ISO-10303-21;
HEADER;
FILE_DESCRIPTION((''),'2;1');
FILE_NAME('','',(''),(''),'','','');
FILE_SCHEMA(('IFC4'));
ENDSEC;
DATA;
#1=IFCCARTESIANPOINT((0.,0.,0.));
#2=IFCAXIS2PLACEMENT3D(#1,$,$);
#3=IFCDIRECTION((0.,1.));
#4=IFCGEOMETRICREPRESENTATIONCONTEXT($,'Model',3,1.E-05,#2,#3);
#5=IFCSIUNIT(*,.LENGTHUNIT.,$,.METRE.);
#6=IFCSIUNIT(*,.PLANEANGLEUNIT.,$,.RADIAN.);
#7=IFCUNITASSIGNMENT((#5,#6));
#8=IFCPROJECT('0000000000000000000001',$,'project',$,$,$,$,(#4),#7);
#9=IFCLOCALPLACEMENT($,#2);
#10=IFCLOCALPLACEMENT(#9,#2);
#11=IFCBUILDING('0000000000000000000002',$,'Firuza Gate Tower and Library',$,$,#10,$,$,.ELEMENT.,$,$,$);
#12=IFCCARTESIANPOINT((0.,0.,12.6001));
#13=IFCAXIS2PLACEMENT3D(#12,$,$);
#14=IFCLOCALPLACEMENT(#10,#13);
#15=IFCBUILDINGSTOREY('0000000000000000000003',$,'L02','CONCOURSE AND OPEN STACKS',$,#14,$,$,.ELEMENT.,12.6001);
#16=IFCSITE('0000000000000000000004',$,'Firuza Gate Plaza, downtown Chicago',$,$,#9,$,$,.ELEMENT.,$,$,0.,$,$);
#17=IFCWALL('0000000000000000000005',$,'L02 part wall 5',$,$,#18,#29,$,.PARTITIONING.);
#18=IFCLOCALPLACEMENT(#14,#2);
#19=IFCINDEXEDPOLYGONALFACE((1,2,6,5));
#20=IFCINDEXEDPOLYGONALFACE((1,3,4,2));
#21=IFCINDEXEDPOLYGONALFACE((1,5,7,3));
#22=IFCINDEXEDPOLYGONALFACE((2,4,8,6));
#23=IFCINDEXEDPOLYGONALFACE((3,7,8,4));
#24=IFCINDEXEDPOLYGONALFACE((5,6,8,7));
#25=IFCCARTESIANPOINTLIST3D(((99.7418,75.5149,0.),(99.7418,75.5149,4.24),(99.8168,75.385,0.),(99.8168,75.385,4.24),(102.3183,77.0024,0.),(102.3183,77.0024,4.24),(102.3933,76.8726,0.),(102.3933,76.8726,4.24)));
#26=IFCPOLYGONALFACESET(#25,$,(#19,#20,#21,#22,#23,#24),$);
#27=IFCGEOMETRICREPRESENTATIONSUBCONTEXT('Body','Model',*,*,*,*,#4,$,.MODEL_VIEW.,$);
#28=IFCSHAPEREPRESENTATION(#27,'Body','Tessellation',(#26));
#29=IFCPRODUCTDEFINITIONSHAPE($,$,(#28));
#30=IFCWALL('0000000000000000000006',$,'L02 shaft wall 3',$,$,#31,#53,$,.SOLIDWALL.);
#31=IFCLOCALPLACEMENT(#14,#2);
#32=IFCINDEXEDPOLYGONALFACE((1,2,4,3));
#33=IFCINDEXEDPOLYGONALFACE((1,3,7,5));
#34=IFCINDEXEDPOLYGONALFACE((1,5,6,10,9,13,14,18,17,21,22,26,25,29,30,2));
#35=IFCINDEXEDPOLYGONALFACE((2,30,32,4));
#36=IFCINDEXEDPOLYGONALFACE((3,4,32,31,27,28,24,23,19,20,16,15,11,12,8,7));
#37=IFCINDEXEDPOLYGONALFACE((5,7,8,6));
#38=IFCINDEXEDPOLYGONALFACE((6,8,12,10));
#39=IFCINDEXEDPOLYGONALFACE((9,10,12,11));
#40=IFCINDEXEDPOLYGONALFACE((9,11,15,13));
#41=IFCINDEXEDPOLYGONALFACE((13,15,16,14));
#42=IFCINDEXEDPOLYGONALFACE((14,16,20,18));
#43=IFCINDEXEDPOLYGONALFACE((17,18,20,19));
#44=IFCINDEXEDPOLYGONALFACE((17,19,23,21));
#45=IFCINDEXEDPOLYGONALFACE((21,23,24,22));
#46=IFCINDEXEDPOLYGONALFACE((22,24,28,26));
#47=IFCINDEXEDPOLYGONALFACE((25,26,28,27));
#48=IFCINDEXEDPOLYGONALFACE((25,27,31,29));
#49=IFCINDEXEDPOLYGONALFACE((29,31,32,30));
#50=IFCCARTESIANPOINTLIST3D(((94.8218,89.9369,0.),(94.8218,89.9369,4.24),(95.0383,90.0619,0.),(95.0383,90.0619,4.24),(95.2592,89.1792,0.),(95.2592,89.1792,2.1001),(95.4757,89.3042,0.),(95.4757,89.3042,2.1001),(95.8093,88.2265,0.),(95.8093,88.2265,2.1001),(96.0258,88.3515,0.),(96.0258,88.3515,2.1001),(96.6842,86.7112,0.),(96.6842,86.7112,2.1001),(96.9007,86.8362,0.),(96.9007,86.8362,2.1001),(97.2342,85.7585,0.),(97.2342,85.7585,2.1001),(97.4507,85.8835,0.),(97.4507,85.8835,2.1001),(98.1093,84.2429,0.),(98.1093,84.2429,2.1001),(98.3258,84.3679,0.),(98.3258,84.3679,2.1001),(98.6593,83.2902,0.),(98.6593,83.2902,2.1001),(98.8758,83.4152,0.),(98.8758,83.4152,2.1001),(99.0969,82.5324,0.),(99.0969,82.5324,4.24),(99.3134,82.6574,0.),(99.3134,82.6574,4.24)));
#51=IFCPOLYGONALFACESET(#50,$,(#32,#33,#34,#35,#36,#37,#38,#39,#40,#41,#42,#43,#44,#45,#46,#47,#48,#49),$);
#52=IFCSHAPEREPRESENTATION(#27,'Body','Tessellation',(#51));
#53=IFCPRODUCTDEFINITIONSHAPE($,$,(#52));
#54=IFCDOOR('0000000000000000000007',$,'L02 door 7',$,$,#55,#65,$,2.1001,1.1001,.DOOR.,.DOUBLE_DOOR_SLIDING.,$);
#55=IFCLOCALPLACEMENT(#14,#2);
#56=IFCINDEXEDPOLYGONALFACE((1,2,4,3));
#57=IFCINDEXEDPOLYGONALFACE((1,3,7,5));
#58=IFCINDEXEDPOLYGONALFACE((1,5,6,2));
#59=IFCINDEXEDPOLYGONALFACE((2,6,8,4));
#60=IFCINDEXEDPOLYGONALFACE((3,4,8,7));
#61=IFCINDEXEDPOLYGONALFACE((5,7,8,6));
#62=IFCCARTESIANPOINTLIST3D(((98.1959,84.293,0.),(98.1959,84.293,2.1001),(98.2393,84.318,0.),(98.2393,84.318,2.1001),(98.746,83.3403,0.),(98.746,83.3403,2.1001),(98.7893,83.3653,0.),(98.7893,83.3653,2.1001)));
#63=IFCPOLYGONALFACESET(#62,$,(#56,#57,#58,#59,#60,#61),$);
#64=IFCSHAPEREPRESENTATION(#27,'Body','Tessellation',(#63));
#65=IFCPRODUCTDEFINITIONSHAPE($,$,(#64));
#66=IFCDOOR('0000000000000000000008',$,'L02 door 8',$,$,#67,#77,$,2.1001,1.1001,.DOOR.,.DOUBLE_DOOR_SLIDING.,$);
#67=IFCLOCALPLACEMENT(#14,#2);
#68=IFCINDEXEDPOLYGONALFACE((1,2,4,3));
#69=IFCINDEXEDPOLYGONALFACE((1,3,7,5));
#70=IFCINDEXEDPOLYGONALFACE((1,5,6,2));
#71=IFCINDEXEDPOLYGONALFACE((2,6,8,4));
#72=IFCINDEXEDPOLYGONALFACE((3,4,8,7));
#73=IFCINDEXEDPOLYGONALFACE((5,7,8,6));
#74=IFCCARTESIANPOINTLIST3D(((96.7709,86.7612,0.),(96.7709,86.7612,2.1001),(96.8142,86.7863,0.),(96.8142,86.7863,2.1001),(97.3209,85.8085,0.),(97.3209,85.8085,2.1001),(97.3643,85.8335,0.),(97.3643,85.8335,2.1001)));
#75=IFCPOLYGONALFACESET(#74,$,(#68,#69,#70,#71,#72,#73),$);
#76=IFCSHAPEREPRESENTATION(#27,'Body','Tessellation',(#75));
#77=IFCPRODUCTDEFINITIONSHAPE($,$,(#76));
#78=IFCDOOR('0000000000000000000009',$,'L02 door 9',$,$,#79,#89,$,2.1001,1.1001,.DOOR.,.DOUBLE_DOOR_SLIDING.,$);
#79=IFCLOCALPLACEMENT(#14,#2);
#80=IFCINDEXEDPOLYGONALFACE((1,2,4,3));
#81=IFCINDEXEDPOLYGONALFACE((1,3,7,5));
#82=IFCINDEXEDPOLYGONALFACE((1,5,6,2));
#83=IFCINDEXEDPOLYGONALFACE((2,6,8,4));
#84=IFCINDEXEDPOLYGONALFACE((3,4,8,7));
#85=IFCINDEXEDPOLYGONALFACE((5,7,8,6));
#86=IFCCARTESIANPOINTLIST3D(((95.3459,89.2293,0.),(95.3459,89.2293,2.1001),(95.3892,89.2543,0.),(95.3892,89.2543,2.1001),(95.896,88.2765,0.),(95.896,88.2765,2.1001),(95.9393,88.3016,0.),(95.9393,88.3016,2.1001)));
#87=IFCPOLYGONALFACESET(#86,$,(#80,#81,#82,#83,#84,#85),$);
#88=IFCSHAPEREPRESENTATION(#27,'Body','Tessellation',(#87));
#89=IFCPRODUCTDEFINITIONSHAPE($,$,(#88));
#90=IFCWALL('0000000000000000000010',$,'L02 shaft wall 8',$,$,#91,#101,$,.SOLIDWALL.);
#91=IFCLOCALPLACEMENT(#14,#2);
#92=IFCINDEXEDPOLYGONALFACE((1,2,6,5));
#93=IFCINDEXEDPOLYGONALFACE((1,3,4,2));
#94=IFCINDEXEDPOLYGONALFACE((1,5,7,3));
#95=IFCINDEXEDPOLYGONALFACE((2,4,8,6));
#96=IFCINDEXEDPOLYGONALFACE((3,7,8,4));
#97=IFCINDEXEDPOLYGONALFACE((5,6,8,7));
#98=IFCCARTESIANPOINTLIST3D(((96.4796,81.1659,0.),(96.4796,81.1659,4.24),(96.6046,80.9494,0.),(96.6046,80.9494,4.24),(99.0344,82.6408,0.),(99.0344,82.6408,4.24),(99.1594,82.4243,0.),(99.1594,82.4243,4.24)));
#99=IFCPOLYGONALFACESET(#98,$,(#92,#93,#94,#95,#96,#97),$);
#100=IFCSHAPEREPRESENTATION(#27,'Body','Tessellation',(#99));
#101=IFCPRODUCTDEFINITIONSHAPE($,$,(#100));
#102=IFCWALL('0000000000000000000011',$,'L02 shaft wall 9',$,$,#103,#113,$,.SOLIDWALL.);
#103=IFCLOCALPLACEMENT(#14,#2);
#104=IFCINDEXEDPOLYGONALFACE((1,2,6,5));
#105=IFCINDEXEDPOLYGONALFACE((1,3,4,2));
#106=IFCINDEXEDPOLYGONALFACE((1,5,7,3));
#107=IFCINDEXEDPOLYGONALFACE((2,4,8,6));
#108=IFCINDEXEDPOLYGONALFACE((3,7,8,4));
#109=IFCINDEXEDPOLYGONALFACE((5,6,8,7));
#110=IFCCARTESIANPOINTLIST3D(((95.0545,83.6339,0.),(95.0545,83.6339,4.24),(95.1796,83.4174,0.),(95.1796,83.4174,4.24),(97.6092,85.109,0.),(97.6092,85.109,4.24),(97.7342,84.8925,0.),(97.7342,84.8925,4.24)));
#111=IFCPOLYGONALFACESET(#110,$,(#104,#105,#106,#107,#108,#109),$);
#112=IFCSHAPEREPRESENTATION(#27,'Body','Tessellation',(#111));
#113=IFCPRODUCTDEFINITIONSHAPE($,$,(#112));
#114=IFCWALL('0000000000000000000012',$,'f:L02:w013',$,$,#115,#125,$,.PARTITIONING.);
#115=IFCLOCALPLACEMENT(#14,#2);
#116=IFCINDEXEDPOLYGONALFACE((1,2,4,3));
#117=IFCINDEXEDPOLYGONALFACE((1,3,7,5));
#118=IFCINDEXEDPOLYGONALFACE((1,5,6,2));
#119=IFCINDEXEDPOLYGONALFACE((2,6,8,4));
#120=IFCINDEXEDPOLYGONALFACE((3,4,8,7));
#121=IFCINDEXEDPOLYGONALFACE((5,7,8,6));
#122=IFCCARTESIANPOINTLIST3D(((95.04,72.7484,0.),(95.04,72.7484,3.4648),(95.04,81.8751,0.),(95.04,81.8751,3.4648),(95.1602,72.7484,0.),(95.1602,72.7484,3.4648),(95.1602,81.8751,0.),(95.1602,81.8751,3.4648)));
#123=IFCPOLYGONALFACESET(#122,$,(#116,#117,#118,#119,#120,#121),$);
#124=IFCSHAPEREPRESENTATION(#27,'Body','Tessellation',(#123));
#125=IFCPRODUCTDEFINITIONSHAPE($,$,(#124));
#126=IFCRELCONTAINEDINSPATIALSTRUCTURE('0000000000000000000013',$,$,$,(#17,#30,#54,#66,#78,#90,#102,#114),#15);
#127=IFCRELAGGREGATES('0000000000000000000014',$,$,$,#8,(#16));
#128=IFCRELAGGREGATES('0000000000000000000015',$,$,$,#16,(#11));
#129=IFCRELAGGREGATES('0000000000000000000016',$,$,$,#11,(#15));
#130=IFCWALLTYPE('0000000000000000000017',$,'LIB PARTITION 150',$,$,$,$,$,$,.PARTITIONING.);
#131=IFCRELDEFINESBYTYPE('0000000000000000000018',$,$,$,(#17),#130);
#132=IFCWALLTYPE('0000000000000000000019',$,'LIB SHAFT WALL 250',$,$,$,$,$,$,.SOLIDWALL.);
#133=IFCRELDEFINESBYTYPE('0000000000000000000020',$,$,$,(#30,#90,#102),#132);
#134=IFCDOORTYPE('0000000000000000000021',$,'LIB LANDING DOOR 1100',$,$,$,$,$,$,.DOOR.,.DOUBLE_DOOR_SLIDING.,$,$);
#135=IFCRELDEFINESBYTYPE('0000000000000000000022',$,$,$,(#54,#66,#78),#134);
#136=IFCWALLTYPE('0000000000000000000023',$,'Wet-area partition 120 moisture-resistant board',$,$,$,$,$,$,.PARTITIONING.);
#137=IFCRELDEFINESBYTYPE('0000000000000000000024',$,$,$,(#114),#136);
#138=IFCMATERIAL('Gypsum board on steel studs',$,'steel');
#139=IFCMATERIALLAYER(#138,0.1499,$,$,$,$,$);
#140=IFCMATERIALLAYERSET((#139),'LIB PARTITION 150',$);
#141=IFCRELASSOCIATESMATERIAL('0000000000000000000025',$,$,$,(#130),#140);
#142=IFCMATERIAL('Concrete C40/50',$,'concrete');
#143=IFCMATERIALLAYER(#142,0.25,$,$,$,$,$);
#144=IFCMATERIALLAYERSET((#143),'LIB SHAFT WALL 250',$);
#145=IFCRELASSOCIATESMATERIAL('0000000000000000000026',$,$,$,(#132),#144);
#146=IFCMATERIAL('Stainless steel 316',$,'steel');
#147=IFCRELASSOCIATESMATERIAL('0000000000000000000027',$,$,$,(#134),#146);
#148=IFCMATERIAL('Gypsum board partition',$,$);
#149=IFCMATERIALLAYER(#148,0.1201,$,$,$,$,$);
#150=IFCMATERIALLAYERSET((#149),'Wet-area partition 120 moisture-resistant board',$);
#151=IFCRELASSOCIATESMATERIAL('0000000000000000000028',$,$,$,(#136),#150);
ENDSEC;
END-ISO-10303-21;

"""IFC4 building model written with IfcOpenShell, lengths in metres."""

from ifc_helpers import new_model, si_unit, direction, frame, frame_2d, origin, place, context, subcontext, project, spatial, rectangle, extrude, material, layer, layer_set, type_object, element, fill, save


model = new_model("IFC4")

# Units and contexts
model_context = context("Model", 3, precision=1e-05, world=origin(), true_north=direction((0.0, 1.0)))
body_context = subcontext(model_context, "Body", "Model", "MODEL_VIEW")
ifc_project = project(units=[si_unit("LENGTHUNIT", "METRE"), si_unit("PLANEANGLEUNIT", "RADIAN")], contexts=[model_context])

# Site, building, storey
site_placement = place(None, origin())
site = spatial("IfcSite", under=ifc_project, at=site_placement, Name="Firuza Gate Plaza, downtown Chicago", CompositionType="ELEMENT", RefElevation=0.0)
building_placement = place(site_placement, origin())
building = spatial("IfcBuilding", under=site, at=building_placement, Name="Firuza Gate Tower and Library", CompositionType="ELEMENT")
storey_placement = place(building_placement, frame((0.0, 0.0, 12.6001)))
storey = spatial("IfcBuildingStorey", under=building, at=storey_placement, Name="L02", Description="CONCOURSE AND OPEN STACKS", CompositionType="ELEMENT", Elevation=12.6001)

# Wall
ifc_material_1 = material(Name="Gypsum board on steel studs", Category="steel")
ifc_layer_1 = layer(ifc_material_1, 0.1499)
ifc_layer_set_1 = layer_set([ifc_layer_1], Name="LIB PARTITION 150")
wall_type_1 = type_object("IfcWallType", Name="LIB PARTITION 150", PredefinedType="PARTITIONING", material=ifc_layer_set_1)
wall_1_placement = place(storey_placement, frame((99.7793, 75.45, 0.0), z_axis=(0.0, 0.0, 1.0), x_axis=(0.866017, 0.500014, 0.0)))
element("IfcWall", 1, at=wall_1_placement, inside=storey, type_object=wall_type_1, Name="L02 part wall 5", PredefinedType="PARTITIONING", context=body_context, shape_type="SweptSolid", body=[
    extrude(rectangle(XDim=2.9751, YDim=0.1499, at=frame_2d((1.4875, 0.0))), origin(), (0.0, 0.0, 1.0), 4.24),
])

# Wall, openings, doors
ifc_material_2 = material(Name="Concrete C40/50", Category="concrete")
ifc_layer_2 = layer(ifc_material_2, 0.25)
ifc_layer_set_2 = layer_set([ifc_layer_2], Name="LIB SHAFT WALL 250")
wall_type_2 = type_object("IfcWallType", Name="LIB SHAFT WALL 250", PredefinedType="SOLIDWALL", material=ifc_layer_set_2)
wall_2_placement = place(storey_placement, frame((99.2051, 82.595, 0.0), z_axis=(0.0, 0.0, 1.0), x_axis=(-0.500012, 0.866019, 0.0)))
wall_2 = element("IfcWall", 2, at=wall_2_placement, inside=storey, type_object=wall_type_2, Name="L02 shaft wall 3", PredefinedType="SOLIDWALL", context=body_context, shape_type="SweptSolid", body=[
    extrude(rectangle(XDim=8.55, YDim=0.25, at=frame_2d((4.2749, 0.0))), origin(), (0.0, 0.0, 1.0), 4.24),
])
opening_1_placement = place(wall_2_placement, frame((0.875, 0.0, 0.0)))
opening_1 = element("IfcOpeningElement", 3, at=opening_1_placement, cuts=wall_2, PredefinedType="OPENING", context=body_context, shape_type="SweptSolid", body=[
    extrude(rectangle(XDim=1.1001, YDim=2.1001, at=frame_2d((0.55, 1.05))), frame((0.0, 0.135, 0.0), z_axis=(0.0, -1.0, 0.0), x_axis=(1.0, 0.0, 0.0)), (0.0, 0.0, 1.0), 0.27),
])
opening_2_placement = place(wall_2_placement, frame((3.7251, 0.0, 0.0)))
opening_2 = element("IfcOpeningElement", 4, at=opening_2_placement, cuts=wall_2, PredefinedType="OPENING", context=body_context, shape_type="SweptSolid", body=[
    extrude(rectangle(XDim=1.1001, YDim=2.1001, at=frame_2d((0.55, 1.05))), frame((0.0, 0.135, 0.0), z_axis=(0.0, -1.0, 0.0), x_axis=(1.0, 0.0, 0.0)), (0.0, 0.0, 1.0), 0.27),
])
opening_3_placement = place(wall_2_placement, frame((6.575, 0.0, 0.0)))
opening_3 = element("IfcOpeningElement", 5, at=opening_3_placement, cuts=wall_2, PredefinedType="OPENING", context=body_context, shape_type="SweptSolid", body=[
    extrude(rectangle(XDim=1.1001, YDim=2.1001, at=frame_2d((0.55, 1.05))), frame((0.0, 0.135, 0.0), z_axis=(0.0, -1.0, 0.0), x_axis=(1.0, 0.0, 0.0)), (0.0, 0.0, 1.0), 0.27),
])
ifc_material_3 = material(Name="Stainless steel 316", Category="steel")
door_type = type_object("IfcDoorType", Name="LIB LANDING DOOR 1100", OperationType="DOUBLE_DOOR_SLIDING", PredefinedType="DOOR", material=ifc_material_3)
door_1_placement = place(opening_1_placement, origin())
door_1 = element("IfcDoor", 6, at=door_1_placement, inside=storey, type_object=door_type, Name="L02 door 7", OperationType="DOUBLE_DOOR_SLIDING", OverallHeight=2.1001, OverallWidth=1.1001, PredefinedType="DOOR", context=body_context, shape_type="SweptSolid", body=[
    extrude(rectangle(XDim=1.1001, YDim=2.1001, at=frame_2d((0.55, 1.05))), frame((0.0, 0.0249, 0.0), z_axis=(0.0, -1.0, 0.0), x_axis=(1.0, 0.0, 0.0)), (0.0, 0.0, 1.0), 0.05),
])
fill(opening_1, door_1)
door_2_placement = place(opening_2_placement, origin())
door_2 = element("IfcDoor", 7, at=door_2_placement, inside=storey, type_object=door_type, Name="L02 door 8", OperationType="DOUBLE_DOOR_SLIDING", OverallHeight=2.1001, OverallWidth=1.1001, PredefinedType="DOOR", context=body_context, shape_type="SweptSolid", body=[
    extrude(rectangle(XDim=1.1001, YDim=2.1001, at=frame_2d((0.55, 1.05))), frame((0.0, 0.0249, 0.0), z_axis=(0.0, -1.0, 0.0), x_axis=(1.0, 0.0, 0.0)), (0.0, 0.0, 1.0), 0.05),
])
fill(opening_2, door_2)
door_3_placement = place(opening_3_placement, origin())
door_3 = element("IfcDoor", 8, at=door_3_placement, inside=storey, type_object=door_type, Name="L02 door 9", OperationType="DOUBLE_DOOR_SLIDING", OverallHeight=2.1001, OverallWidth=1.1001, PredefinedType="DOOR", context=body_context, shape_type="SweptSolid", body=[
    extrude(rectangle(XDim=1.1001, YDim=2.1001, at=frame_2d((0.55, 1.05))), frame((0.0, 0.0249, 0.0), z_axis=(0.0, -1.0, 0.0), x_axis=(1.0, 0.0, 0.0)), (0.0, 0.0, 1.0), 0.05),
])
fill(opening_3, door_3)

# Walls
for number, where, z_axis, x_axis, name in (
    (9, (96.542, 81.0576, 0.0), (0.0, 0.0, 1.0), (0.866039, 0.499976, 0.0), "L02 shaft wall 8"),
    (10, (95.1169, 83.5256, 0.0), (0.0, 0.0, 1.0), (0.866004, 0.500038, 0.0), "L02 shaft wall 9"),
):
    element("IfcWall", number, at=place(storey_placement, frame(where, z_axis=z_axis, x_axis=x_axis)), inside=storey, type_object=wall_type_2, Name=name, PredefinedType="SOLIDWALL", context=body_context, shape_type="SweptSolid", body=[
        extrude(rectangle(XDim=2.95, YDim=0.25, at=frame_2d((1.4751, 0.0))), origin(), (0.0, 0.0, 1.0), 4.24),
    ])
ifc_material_4 = material(Name="Gypsum board partition")
ifc_layer_3 = layer(ifc_material_4, 0.1201)
ifc_layer_set_3 = layer_set([ifc_layer_3], Name="Wet-area partition 120 moisture-resistant board")
wall_type_3 = type_object("IfcWallType", Name="Wet-area partition 120 moisture-resistant board", PredefinedType="PARTITIONING", material=ifc_layer_set_3)
wall_3_placement = place(storey_placement, frame((95.1001, 72.7483, 0.0), z_axis=(0.0, 0.0, 1.0), x_axis=(0.0, 1.0, 0.0)))
element("IfcWall", 11, at=wall_3_placement, inside=storey, type_object=wall_type_3, Name="f:L02:w013", PredefinedType="PARTITIONING", context=body_context, shape_type="SweptSolid", body=[
    extrude(rectangle(XDim=9.1267, YDim=0.1201, at=frame_2d((4.5635, 0.0))), origin(), (0.0, 0.0, 1.0), 3.4648),
])

save(model, "model.ifc")
